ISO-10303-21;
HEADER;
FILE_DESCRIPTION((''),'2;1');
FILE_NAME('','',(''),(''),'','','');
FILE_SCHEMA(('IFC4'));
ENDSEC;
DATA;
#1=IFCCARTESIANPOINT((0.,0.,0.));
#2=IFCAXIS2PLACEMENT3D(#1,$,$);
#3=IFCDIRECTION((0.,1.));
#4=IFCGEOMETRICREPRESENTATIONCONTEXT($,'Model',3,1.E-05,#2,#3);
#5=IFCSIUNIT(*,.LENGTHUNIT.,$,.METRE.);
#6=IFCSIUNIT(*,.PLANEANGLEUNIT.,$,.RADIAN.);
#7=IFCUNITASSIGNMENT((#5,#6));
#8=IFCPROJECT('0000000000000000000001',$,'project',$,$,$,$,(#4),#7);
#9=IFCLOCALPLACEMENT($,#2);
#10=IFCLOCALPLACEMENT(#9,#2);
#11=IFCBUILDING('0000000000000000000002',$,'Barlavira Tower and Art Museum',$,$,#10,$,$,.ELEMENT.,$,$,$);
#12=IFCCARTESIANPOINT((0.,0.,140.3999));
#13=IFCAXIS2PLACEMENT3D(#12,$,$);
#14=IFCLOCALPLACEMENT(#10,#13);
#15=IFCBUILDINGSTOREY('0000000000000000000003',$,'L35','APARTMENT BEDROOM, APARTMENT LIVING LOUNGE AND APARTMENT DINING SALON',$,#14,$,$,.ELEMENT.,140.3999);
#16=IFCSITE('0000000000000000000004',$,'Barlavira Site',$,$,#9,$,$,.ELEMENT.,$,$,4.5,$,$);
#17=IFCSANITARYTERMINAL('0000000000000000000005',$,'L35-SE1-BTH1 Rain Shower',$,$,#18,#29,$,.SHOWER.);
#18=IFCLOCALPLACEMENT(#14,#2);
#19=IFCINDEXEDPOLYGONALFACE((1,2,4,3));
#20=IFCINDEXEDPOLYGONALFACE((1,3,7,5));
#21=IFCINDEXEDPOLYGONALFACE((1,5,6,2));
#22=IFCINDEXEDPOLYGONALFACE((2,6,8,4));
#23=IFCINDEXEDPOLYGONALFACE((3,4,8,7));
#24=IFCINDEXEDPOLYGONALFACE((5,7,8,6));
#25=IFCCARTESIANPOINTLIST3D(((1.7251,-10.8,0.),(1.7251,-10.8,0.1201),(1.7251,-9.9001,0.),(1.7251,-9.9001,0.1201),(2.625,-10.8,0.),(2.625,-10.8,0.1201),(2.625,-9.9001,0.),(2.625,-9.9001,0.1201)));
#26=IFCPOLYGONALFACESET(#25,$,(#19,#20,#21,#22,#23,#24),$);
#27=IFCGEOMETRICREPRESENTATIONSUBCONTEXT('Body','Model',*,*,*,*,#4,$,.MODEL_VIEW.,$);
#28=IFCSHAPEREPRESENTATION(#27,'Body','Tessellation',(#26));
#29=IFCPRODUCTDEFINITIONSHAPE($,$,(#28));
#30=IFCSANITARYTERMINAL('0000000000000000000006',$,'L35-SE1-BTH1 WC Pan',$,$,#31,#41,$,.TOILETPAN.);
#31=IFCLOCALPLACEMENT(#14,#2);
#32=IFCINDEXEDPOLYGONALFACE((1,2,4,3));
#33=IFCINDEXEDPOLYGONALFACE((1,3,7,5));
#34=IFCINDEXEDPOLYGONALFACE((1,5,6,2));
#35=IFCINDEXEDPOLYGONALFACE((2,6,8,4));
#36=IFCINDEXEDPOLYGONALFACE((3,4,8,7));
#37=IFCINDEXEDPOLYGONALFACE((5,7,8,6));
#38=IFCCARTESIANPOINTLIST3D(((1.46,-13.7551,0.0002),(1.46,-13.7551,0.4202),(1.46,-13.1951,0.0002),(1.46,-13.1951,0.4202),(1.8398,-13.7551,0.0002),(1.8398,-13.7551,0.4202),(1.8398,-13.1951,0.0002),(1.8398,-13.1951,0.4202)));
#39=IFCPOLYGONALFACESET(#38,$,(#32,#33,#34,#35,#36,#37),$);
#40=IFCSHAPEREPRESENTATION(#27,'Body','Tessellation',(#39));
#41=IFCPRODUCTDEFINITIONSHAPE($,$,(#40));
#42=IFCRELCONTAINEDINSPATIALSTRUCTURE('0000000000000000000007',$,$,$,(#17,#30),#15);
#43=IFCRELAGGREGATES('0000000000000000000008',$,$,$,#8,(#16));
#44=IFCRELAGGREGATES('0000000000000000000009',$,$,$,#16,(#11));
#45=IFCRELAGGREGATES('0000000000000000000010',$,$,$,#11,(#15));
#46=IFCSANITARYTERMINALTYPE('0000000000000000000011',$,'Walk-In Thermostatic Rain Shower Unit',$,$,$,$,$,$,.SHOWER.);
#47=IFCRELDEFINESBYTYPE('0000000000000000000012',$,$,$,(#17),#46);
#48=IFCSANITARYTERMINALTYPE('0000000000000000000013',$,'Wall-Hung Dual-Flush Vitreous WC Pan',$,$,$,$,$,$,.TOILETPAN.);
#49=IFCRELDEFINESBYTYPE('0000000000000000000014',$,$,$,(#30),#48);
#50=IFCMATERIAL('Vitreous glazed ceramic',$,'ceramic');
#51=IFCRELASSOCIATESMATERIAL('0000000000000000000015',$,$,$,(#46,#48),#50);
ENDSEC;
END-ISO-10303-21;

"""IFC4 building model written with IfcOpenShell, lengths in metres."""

from ifc_helpers import new_model, si_unit, direction, frame, origin, origin_2d, place, context, subcontext, project, spatial, rectangle, extrude, material, type_object, element, save


model = new_model("IFC4")

# Units and contexts
model_context = context("Model", 3, precision=1e-05, world=origin(), true_north=direction((0.0, 1.0)))
body_context = subcontext(model_context, "Body", "Model", "MODEL_VIEW")
ifc_project = project(units=[si_unit("LENGTHUNIT", "METRE"), si_unit("PLANEANGLEUNIT", "RADIAN")], contexts=[model_context])

# Site, building, storey
site_placement = place(None, origin())
site = spatial("IfcSite", under=ifc_project, at=site_placement, Name="Barlavira Site", CompositionType="ELEMENT", RefElevation=4.5)
building_placement = place(site_placement, origin())
building = spatial("IfcBuilding", under=site, at=building_placement, Name="Barlavira Tower and Art Museum", CompositionType="ELEMENT")
storey_placement = place(building_placement, frame((0.0, 0.0, 140.3999)))
storey = spatial("IfcBuildingStorey", under=building, at=storey_placement, Name="L35", Description="APARTMENT BEDROOM, APARTMENT LIVING LOUNGE AND APARTMENT DINING SALON", CompositionType="ELEMENT", Elevation=140.3999)

# Sanitary terminals
ifc_material_1 = material(Name="Vitreous glazed ceramic", Category="ceramic")
sanitary_terminal_type_1 = type_object("IfcSanitaryTerminalType", Name="Walk-In Thermostatic Rain Shower Unit", PredefinedType="SHOWER", material=ifc_material_1)
sanitary_terminal_1_placement = place(storey_placement, frame((2.175, -10.3501, 0.0), z_axis=(0.0, 0.0, 1.0), x_axis=(1.0, 0.0, 0.0)))
element("IfcSanitaryTerminal", 1, at=sanitary_terminal_1_placement, inside=storey, type_object=sanitary_terminal_type_1, Name="L35-SE1-BTH1 Rain Shower", PredefinedType="SHOWER", context=body_context, shape_type="SweptSolid", body=[
    extrude(rectangle(XDim=0.8999, YDim=0.8999, at=origin_2d()), origin(), (0.0, 0.0, 1.0), 0.1201),
])
sanitary_terminal_type_2 = type_object("IfcSanitaryTerminalType", Name="Wall-Hung Dual-Flush Vitreous WC Pan", PredefinedType="TOILETPAN", material=ifc_material_1)
sanitary_terminal_2_placement = place(storey_placement, frame((1.6499, -13.4751, 0.0002), z_axis=(0.0, 0.0, 1.0), x_axis=(1.0, 0.0, 0.0)))
element("IfcSanitaryTerminal", 2, at=sanitary_terminal_2_placement, inside=storey, type_object=sanitary_terminal_type_2, Name="L35-SE1-BTH1 WC Pan", PredefinedType="TOILETPAN", context=body_context, shape_type="SweptSolid", body=[
    extrude(rectangle(XDim=0.3799, YDim=0.5601, at=origin_2d()), origin(), (0.0, 0.0, 1.0), 0.4199),
])

save(model, "model.ifc")
